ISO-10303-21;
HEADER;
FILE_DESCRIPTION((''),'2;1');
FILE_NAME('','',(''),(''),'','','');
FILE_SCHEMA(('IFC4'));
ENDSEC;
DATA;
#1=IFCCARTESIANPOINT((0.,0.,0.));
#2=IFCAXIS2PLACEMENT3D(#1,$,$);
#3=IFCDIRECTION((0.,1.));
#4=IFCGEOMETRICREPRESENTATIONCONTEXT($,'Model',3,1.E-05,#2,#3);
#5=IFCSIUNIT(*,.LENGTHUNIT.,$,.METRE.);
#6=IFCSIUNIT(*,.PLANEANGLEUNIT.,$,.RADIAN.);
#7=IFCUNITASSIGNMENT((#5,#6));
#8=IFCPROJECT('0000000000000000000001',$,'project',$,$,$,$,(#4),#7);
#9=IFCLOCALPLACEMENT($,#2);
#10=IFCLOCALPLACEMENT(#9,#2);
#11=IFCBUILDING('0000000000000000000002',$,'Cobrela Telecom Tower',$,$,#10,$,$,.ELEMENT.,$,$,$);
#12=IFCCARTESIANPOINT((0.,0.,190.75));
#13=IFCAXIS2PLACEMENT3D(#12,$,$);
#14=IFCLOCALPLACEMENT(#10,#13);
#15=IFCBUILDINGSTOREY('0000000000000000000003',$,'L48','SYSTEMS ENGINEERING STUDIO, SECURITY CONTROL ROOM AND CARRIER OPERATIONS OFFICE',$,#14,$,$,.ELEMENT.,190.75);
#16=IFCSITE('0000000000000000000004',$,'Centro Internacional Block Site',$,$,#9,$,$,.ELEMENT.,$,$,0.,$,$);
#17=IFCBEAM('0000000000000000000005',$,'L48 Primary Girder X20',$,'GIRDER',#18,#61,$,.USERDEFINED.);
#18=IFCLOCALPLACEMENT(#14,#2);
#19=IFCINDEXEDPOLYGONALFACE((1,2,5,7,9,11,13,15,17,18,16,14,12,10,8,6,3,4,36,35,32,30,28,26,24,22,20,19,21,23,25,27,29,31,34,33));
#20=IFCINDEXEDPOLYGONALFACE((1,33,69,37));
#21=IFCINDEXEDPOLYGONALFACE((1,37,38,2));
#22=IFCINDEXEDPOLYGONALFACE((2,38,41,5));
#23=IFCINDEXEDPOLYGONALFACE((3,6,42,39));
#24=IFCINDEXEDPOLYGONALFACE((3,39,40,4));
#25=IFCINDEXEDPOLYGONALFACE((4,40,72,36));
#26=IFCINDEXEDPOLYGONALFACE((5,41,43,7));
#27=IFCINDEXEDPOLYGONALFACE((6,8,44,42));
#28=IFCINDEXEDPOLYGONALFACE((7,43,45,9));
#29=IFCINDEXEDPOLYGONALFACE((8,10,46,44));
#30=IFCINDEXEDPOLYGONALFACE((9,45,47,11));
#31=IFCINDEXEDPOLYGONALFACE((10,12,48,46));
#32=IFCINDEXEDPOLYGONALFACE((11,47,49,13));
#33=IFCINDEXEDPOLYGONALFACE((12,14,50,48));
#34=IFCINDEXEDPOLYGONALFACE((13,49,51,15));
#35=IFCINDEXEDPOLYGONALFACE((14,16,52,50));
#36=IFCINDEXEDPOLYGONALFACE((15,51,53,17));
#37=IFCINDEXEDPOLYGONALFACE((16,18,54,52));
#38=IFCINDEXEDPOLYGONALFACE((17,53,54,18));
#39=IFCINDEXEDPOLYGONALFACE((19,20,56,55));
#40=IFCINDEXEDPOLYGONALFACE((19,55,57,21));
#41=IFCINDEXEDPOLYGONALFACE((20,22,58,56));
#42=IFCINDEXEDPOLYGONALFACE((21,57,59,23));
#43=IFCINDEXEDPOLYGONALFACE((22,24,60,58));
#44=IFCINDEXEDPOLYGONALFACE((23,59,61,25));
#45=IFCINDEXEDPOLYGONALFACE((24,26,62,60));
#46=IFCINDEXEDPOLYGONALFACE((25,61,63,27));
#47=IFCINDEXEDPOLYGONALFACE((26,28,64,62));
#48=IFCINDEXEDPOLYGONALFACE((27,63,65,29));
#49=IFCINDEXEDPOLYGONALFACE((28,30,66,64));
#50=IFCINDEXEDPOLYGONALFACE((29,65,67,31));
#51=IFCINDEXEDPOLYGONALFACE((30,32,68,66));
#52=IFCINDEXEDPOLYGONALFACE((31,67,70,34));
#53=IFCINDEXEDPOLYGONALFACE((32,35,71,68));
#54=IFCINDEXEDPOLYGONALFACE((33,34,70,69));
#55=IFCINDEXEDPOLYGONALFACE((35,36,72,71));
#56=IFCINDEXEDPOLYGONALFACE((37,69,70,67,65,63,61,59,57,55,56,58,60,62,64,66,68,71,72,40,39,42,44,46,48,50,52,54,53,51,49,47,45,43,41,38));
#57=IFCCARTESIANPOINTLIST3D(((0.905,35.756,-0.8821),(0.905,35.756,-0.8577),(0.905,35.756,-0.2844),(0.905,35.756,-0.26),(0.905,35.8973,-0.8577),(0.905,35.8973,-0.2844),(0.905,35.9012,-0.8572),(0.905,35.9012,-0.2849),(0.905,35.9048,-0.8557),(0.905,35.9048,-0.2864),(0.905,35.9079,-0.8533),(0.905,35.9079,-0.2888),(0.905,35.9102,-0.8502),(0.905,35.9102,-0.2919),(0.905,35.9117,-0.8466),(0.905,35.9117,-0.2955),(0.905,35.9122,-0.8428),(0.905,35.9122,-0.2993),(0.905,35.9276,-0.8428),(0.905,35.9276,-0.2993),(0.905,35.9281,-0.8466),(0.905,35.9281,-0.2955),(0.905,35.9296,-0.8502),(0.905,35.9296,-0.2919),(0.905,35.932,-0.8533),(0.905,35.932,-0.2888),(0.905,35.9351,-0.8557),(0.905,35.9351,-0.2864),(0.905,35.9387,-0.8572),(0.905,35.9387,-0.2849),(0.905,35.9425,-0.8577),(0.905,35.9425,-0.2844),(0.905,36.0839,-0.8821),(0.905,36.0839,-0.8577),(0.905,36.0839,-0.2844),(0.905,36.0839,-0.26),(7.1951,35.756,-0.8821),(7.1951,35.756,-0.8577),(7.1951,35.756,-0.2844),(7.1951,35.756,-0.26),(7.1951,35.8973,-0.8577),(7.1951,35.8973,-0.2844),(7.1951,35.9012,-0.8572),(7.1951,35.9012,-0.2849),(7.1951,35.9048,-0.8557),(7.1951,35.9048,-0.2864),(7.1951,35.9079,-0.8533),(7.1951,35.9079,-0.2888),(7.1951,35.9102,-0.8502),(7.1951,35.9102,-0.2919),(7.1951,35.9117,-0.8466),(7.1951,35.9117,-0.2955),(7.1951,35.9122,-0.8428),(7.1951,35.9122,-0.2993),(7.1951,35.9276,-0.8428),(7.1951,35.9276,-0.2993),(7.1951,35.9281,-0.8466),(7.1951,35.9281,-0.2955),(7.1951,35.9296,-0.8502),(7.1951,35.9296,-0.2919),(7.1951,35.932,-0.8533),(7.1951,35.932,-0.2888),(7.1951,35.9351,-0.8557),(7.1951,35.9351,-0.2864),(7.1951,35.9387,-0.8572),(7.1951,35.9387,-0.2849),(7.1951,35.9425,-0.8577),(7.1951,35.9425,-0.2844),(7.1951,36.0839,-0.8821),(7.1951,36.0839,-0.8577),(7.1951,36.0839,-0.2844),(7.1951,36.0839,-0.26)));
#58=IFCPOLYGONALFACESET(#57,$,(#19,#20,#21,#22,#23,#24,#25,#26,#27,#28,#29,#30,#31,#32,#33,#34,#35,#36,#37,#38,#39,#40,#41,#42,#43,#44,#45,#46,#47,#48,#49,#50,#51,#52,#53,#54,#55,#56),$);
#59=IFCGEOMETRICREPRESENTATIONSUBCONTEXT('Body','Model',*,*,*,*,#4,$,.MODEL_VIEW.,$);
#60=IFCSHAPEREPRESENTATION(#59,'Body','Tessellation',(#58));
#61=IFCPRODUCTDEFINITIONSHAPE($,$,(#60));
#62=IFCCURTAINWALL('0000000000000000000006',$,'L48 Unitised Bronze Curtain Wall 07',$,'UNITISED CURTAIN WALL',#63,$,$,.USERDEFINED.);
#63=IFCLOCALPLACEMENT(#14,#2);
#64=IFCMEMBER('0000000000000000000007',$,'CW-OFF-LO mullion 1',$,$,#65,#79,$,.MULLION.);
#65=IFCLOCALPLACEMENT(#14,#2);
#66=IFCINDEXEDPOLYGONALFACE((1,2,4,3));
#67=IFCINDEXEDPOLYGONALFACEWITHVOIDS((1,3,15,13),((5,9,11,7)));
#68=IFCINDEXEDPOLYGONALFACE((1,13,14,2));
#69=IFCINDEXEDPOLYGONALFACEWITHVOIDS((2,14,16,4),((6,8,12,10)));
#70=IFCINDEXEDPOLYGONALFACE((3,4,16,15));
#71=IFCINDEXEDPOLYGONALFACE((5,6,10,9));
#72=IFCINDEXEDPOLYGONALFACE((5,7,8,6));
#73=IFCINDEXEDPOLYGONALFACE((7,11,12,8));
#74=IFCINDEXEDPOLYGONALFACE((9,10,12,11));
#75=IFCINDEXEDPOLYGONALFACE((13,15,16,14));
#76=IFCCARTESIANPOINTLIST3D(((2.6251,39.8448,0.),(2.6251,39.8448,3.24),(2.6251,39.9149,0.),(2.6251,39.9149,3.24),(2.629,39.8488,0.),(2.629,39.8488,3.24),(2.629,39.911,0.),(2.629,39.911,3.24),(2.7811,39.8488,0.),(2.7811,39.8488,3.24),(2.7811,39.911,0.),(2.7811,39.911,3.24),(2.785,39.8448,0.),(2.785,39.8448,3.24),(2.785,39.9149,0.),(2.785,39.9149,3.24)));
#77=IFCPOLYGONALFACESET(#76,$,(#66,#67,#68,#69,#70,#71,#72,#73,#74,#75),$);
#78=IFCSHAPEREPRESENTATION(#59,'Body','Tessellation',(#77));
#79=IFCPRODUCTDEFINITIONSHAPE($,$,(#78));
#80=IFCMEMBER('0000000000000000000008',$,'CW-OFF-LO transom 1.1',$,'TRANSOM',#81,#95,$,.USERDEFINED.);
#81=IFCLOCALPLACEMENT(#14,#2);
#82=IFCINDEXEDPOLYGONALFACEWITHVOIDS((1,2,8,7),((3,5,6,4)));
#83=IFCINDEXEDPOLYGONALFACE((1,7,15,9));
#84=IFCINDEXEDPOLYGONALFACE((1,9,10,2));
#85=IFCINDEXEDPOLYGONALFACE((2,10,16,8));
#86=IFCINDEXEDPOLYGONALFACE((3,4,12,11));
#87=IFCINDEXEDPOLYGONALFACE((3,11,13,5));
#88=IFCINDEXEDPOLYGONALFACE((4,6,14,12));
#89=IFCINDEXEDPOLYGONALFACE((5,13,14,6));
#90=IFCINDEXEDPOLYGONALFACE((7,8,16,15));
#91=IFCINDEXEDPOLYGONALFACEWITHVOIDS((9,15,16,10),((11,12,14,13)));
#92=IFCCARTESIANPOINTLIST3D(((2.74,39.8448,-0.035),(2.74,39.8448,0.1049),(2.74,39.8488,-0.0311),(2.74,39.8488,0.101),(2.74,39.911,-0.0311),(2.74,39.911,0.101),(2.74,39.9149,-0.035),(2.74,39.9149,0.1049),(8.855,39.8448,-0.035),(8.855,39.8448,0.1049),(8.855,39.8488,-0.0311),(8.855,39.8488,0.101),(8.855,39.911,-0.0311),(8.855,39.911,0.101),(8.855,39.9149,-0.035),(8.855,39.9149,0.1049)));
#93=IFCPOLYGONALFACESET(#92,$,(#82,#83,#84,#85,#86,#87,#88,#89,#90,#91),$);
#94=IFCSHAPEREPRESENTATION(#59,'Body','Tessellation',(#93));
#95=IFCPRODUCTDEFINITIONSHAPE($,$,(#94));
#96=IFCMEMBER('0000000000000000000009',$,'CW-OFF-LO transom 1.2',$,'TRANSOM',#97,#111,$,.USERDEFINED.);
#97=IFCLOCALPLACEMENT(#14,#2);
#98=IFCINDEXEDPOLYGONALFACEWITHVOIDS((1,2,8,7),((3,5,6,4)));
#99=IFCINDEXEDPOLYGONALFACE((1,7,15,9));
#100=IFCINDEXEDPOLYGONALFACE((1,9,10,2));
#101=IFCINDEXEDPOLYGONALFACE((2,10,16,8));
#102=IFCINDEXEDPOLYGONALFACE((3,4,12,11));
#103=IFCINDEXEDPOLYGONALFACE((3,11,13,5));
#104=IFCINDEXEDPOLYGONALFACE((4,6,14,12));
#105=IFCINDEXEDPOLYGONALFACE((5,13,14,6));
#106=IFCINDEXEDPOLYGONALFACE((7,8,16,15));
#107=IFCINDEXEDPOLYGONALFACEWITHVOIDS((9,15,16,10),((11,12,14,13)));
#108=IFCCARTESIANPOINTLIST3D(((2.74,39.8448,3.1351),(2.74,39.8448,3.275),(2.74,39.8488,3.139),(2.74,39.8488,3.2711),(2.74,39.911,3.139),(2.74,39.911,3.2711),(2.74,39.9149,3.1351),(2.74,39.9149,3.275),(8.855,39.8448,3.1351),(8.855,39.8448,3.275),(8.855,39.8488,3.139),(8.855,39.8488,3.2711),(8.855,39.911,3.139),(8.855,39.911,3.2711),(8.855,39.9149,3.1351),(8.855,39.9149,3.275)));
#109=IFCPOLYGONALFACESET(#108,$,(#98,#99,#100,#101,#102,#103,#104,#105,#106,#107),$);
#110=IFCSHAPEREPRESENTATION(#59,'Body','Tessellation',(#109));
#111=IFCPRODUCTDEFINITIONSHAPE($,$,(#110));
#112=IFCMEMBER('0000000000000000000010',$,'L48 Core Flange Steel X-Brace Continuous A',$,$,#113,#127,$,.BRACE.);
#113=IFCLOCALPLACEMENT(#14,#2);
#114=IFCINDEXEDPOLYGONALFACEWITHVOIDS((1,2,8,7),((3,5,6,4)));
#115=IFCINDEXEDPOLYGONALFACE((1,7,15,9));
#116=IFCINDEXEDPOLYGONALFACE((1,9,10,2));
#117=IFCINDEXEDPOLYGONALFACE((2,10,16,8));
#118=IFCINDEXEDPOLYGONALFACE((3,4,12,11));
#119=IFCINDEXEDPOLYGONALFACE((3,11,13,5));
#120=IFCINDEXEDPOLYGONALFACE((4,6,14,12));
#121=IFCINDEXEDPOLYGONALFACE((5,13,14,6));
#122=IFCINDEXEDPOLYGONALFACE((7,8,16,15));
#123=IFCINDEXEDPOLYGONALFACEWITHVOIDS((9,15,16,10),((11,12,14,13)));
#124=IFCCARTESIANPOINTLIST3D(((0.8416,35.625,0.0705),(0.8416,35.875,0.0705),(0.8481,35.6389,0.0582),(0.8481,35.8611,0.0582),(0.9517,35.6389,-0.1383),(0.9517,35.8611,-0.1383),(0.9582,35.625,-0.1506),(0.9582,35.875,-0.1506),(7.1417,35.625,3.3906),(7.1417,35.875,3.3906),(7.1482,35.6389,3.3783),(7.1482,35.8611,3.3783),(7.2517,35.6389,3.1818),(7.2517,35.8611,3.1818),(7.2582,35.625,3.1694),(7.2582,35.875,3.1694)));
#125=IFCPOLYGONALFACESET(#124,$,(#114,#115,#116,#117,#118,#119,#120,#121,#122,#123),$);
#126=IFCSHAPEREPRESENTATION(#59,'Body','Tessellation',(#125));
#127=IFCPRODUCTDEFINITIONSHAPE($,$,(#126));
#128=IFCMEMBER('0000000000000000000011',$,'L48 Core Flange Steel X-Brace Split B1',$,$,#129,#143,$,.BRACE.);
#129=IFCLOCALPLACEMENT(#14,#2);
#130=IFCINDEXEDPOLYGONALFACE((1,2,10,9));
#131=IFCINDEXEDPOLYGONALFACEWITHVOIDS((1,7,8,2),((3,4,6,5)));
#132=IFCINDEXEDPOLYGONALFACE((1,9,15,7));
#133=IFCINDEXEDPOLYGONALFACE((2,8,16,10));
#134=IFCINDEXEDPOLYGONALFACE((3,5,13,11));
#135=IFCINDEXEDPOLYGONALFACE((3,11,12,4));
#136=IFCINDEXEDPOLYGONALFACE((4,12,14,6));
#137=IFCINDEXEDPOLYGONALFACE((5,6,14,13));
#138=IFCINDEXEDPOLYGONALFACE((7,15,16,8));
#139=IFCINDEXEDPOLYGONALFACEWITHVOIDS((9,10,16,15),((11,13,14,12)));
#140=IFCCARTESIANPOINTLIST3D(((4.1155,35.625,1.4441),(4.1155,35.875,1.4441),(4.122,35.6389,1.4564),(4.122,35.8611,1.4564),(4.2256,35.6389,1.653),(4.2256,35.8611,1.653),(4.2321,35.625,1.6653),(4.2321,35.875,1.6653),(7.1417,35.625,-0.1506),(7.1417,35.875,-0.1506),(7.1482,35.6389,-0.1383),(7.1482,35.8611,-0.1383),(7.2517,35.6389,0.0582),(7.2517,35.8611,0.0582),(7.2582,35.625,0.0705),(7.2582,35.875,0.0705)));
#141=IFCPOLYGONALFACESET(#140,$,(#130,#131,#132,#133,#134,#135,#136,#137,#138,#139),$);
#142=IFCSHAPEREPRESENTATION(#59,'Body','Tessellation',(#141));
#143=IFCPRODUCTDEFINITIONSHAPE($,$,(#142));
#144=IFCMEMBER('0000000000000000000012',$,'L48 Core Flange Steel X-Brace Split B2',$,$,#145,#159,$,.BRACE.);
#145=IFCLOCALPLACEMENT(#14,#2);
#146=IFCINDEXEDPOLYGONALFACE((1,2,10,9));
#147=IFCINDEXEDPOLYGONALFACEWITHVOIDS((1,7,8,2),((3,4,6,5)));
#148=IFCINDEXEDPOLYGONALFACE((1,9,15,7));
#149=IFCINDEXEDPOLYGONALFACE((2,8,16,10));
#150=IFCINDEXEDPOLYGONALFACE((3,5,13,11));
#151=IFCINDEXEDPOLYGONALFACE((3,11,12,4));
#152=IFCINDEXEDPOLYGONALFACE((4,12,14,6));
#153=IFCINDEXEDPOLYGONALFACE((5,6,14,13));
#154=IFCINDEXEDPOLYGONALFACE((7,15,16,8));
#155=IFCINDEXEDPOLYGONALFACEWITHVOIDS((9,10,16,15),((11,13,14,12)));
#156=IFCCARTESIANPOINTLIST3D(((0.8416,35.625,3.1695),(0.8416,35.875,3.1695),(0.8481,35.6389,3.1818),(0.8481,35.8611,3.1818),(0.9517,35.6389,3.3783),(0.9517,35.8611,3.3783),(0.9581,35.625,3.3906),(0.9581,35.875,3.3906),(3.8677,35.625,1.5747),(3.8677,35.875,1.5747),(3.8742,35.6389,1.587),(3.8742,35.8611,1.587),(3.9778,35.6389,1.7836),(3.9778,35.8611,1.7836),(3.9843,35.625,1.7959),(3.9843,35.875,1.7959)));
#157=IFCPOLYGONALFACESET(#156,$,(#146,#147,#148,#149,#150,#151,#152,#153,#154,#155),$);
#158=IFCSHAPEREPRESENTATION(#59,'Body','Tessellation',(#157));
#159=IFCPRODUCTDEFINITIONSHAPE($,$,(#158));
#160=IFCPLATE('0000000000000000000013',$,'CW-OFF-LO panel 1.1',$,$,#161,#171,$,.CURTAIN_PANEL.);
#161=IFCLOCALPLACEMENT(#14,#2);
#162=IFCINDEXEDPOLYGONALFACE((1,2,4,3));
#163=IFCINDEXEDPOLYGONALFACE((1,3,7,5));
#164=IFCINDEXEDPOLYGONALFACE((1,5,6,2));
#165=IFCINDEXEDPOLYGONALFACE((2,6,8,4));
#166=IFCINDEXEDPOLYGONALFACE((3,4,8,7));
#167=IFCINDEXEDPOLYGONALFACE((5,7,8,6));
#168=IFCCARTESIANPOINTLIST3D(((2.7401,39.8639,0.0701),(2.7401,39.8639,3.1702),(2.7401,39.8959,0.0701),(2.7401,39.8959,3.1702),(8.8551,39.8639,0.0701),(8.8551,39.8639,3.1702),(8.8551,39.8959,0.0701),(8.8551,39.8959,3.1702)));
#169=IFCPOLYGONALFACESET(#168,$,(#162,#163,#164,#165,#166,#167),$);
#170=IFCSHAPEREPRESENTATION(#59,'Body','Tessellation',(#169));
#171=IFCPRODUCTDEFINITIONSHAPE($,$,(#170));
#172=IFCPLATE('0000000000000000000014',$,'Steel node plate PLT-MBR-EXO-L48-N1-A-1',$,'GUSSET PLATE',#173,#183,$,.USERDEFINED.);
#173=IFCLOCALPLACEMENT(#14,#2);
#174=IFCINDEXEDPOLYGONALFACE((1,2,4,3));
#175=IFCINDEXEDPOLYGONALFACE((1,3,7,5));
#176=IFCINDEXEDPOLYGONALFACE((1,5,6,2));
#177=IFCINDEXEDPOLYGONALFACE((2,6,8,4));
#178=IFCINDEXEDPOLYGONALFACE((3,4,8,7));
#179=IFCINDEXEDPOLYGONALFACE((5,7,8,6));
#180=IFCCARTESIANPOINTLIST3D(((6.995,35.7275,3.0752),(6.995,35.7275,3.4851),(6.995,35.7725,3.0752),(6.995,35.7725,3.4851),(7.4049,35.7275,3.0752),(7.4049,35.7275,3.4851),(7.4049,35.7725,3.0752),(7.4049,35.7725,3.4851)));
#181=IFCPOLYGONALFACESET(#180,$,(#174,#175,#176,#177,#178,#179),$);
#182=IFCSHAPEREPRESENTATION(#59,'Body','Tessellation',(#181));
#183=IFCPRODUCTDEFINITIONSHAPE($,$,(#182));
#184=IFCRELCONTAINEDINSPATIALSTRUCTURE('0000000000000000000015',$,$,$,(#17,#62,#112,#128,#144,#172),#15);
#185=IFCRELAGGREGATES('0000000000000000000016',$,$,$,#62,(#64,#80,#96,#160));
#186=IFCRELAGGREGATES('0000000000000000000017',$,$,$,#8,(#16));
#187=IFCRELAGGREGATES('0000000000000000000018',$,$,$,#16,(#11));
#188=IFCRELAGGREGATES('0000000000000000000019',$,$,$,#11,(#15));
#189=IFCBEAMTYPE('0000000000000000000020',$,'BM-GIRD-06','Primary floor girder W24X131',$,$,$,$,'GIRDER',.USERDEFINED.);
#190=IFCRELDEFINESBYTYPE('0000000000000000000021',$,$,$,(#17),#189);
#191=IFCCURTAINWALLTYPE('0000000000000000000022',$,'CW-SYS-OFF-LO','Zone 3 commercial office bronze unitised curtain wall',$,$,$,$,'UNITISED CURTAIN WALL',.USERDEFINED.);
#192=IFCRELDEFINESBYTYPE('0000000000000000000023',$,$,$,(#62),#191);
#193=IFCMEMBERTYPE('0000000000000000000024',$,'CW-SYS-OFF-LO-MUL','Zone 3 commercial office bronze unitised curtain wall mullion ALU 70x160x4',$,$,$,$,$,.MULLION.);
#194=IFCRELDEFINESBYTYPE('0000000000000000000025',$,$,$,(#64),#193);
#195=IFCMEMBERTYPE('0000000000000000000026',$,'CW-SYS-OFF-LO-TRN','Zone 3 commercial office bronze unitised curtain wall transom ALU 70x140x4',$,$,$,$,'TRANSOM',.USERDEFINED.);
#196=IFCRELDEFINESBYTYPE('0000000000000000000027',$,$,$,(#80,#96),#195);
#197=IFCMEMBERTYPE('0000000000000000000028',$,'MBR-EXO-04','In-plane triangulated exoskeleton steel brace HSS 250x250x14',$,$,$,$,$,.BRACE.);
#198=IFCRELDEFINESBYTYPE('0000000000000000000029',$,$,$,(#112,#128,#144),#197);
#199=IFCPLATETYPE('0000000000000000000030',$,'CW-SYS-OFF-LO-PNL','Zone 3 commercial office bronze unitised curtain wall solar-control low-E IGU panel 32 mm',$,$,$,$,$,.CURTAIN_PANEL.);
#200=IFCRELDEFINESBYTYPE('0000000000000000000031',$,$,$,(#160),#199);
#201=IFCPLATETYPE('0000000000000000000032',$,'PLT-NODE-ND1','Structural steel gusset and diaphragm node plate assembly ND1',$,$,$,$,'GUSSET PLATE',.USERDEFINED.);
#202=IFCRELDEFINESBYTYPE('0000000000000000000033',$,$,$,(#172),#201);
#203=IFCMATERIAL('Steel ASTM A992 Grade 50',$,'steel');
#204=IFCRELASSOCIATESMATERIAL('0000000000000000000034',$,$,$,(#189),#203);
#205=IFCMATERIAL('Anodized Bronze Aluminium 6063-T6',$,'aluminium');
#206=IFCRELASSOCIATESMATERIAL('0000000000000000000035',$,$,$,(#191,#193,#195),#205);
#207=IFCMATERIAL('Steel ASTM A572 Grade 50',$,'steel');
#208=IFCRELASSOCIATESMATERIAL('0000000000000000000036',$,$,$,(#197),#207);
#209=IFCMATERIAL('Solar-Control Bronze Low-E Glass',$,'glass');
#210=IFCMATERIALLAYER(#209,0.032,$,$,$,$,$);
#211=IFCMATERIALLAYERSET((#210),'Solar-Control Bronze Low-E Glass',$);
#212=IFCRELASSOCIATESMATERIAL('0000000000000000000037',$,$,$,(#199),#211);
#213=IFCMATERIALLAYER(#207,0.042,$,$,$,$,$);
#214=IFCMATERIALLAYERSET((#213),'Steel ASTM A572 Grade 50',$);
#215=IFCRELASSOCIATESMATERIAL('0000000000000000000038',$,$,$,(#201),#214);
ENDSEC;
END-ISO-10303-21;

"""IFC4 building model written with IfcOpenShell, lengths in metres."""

from ifc_helpers import new_model, si_unit, direction, frame, origin, origin_2d, place, context, subcontext, project, spatial, rectangle, hollow_rectangle, i_section, extrude, material, layer, layer_set, material_profile, profile_set, type_object, element, aggregate, save


model = new_model("IFC4")

# Units and contexts
model_context = context("Model", 3, precision=1e-05, world=origin(), true_north=direction((0.0, 1.0)))
body_context = subcontext(model_context, "Body", "Model", "MODEL_VIEW")
ifc_project = project(units=[si_unit("LENGTHUNIT", "METRE"), si_unit("PLANEANGLEUNIT", "RADIAN")], contexts=[model_context])

# Site, building, storey
site_placement = place(None, origin())
site = spatial("IfcSite", under=ifc_project, at=site_placement, Name="Centro Internacional Block Site", CompositionType="ELEMENT", RefElevation=0.0)
building_placement = place(site_placement, origin())
building = spatial("IfcBuilding", under=site, at=building_placement, Name="Cobrela Telecom Tower", CompositionType="ELEMENT")
storey_placement = place(building_placement, frame((0.0, 0.0, 190.75)))
storey = spatial("IfcBuildingStorey", under=building, at=storey_placement, Name="L48", Description="SYSTEMS ENGINEERING STUDIO, SECURITY CONTROL ROOM AND CARRIER OPERATIONS OFFICE", CompositionType="ELEMENT", Elevation=190.75)

# Beam
ifc_material_1 = material(Name="Steel ASTM A992 Grade 50", Category="steel")
ifc_material_profile_1 = material_profile(ifc_material_1, i_section(OverallWidth=0.3279, OverallDepth=0.6221, WebThickness=0.0154, FlangeThickness=0.0244, FilletRadius=0.0149, at=origin_2d()), Name="W24X131")
ifc_profile_set_1 = profile_set([ifc_material_profile_1], Name="Steel ASTM A992 Grade 50")
beam_type = type_object("IfcBeamType", Name="BM-GIRD-06", Description="Primary floor girder W24X131", ElementType="GIRDER", PredefinedType="USERDEFINED", material=ifc_profile_set_1)
beam_placement = place(storey_placement, frame((0.905, 35.9199, -0.571), z_axis=(1.0, 0.0, 0.0), x_axis=(0.0, 1.0, 0.0)))
element("IfcBeam", 1, at=beam_placement, inside=storey, type_object=beam_type, Name="L48 Primary Girder X20", ObjectType="GIRDER", PredefinedType="USERDEFINED", context=body_context, shape_type="SweptSolid", body=[
    extrude(i_section(OverallWidth=0.3279, OverallDepth=0.6221, WebThickness=0.0154, FlangeThickness=0.0244, FilletRadius=0.0149, at=origin_2d()), origin(), (0.0, 0.0, 1.0), 6.29),
])

# Curtain wall, members
ifc_material_2 = material(Name="Anodized Bronze Aluminium 6063-T6", Category="aluminium")
curtain_wall_type = type_object("IfcCurtainWallType", Name="CW-SYS-OFF-LO", Description="Zone 3 commercial office bronze unitised curtain wall", ElementType="UNITISED CURTAIN WALL", PredefinedType="USERDEFINED", material=ifc_material_2)
curtain_wall_placement = place(storey_placement, origin())
curtain_wall = element("IfcCurtainWall", 2, at=curtain_wall_placement, inside=storey, type_object=curtain_wall_type, Name="L48 Unitised Bronze Curtain Wall 07", ObjectType="UNITISED CURTAIN WALL", PredefinedType="USERDEFINED")
ifc_material_profile_2 = material_profile(ifc_material_2, hollow_rectangle(XDim=0.0701, YDim=0.1599, WallThickness=0.0039, at=origin_2d()), Name="ALU 70x160x4")
ifc_profile_set_2 = profile_set([ifc_material_profile_2], Name="Anodized Bronze Aluminium 6063-T6")
member_type_1 = type_object("IfcMemberType", Name="CW-SYS-OFF-LO-MUL", Description="Zone 3 commercial office bronze unitised curtain wall mullion ALU 70x160x4", PredefinedType="MULLION", material=ifc_profile_set_2)
member_1_placement = place(storey_placement, frame((2.7051, 39.8799, 0.0), z_axis=(0.0, 0.0, 1.0), x_axis=(0.0, 1.0, 0.0)))
member_1 = element("IfcMember", 3, at=member_1_placement, type_object=member_type_1, Name="CW-OFF-LO mullion 1", PredefinedType="MULLION", context=body_context, shape_type="SweptSolid", body=[
    extrude(hollow_rectangle(XDim=0.0701, YDim=0.1599, WallThickness=0.0039, at=origin_2d()), origin(), (0.0, 0.0, 1.0), 3.24),
])
ifc_material_profile_3 = material_profile(ifc_material_2, hollow_rectangle(XDim=0.0701, YDim=0.1399, WallThickness=0.0039, at=origin_2d()), Name="ALU 70x140x4")
ifc_profile_set_3 = profile_set([ifc_material_profile_3], Name="Anodized Bronze Aluminium 6063-T6")
member_type_2 = type_object("IfcMemberType", Name="CW-SYS-OFF-LO-TRN", Description="Zone 3 commercial office bronze unitised curtain wall transom ALU 70x140x4", ElementType="TRANSOM", PredefinedType="USERDEFINED", material=ifc_profile_set_3)
member_2_placement = place(storey_placement, frame((2.74, 39.8799, 0.0349), z_axis=(1.0, 0.0, 0.0), x_axis=(0.0, 1.0, 0.0)))
member_2 = element("IfcMember", 4, at=member_2_placement, type_object=member_type_2, Name="CW-OFF-LO transom 1.1", ObjectType="TRANSOM", PredefinedType="USERDEFINED", context=body_context, shape_type="SweptSolid", body=[
    extrude(hollow_rectangle(XDim=0.0701, YDim=0.1399, WallThickness=0.0039, at=origin_2d()), origin(), (0.0, 0.0, 1.0), 6.115),
])
member_3_placement = place(storey_placement, frame((2.74, 39.8799, 3.2051), z_axis=(1.0, 0.0, 0.0), x_axis=(0.0, 1.0, 0.0)))
member_3 = element("IfcMember", 5, at=member_3_placement, type_object=member_type_2, Name="CW-OFF-LO transom 1.2", ObjectType="TRANSOM", PredefinedType="USERDEFINED", context=body_context, shape_type="SweptSolid", body=[
    extrude(hollow_rectangle(XDim=0.0701, YDim=0.1399, WallThickness=0.0039, at=origin_2d()), origin(), (0.0, 0.0, 1.0), 6.115),
])

# Members
ifc_material_3 = material(Name="Steel ASTM A572 Grade 50", Category="steel")
ifc_material_profile_4 = material_profile(ifc_material_3, hollow_rectangle(XDim=0.25, YDim=0.25, WallThickness=0.0139, at=origin_2d()), Name="HSS 250x250x14")
ifc_profile_set_4 = profile_set([ifc_material_profile_4], Name="Steel ASTM A572 Grade 50")
member_type_3 = type_object("IfcMemberType", Name="MBR-EXO-04", Description="In-plane triangulated exoskeleton steel brace HSS 250x250x14", PredefinedType="BRACE", material=ifc_profile_set_4)
member_4_placement = place(storey_placement, frame((0.8999, 35.75, -0.04), z_axis=(0.884672, 0.0, 0.466214), x_axis=(0.0, 1.0, 0.0)))
element("IfcMember", 6, at=member_4_placement, inside=storey, type_object=member_type_3, Name="L48 Core Flange Steel X-Brace Continuous A", PredefinedType="BRACE", context=body_context, shape_type="SweptSolid", body=[
    extrude(hollow_rectangle(XDim=0.25, YDim=0.25, WallThickness=0.0139, at=origin_2d()), origin(), (0.0, 0.0, 1.0), 7.1213),
])
for number, where, z_axis, x_axis, name in (
    (7, (7.2, 35.75, -0.04), (-0.884673, 0.0, 0.466211), (0.0, -1.0, 0.0), "L48 Core Flange Steel X-Brace Split B1"),
    (8, (3.926, 35.75, 1.6853), (-0.884673, 0.0, 0.466211), (0.0, -1.0, 0.0), "L48 Core Flange Steel X-Brace Split B2"),
):
    element("IfcMember", number, at=place(storey_placement, frame(where, z_axis=z_axis, x_axis=x_axis)), inside=storey, type_object=member_type_3, Name=name, PredefinedType="BRACE", context=body_context, shape_type="SweptSolid", body=[
        extrude(hollow_rectangle(XDim=0.25, YDim=0.25, WallThickness=0.0139, at=origin_2d()), origin(), (0.0, 0.0, 1.0), 3.4207),
    ])

# Plate
ifc_material_4 = material(Name="Solar-Control Bronze Low-E Glass", Category="glass")
ifc_layer_1 = layer(ifc_material_4, 0.032)
ifc_layer_set_1 = layer_set([ifc_layer_1], Name="Solar-Control Bronze Low-E Glass")
plate_type_1 = type_object("IfcPlateType", Name="CW-SYS-OFF-LO-PNL", Description="Zone 3 commercial office bronze unitised curtain wall solar-control low-E IGU panel 32 mm", PredefinedType="CURTAIN_PANEL", material=ifc_layer_set_1)
plate_1_placement = place(storey_placement, frame((5.7976, 39.8799, 0.0701), z_axis=(0.0, 0.0, 1.0), x_axis=(1.0, 0.0, 0.0)))
plate_1 = element("IfcPlate", 9, at=plate_1_placement, type_object=plate_type_1, Name="CW-OFF-LO panel 1.1", PredefinedType="CURTAIN_PANEL", context=body_context, shape_type="SweptSolid", body=[
    extrude(rectangle(XDim=6.115, YDim=0.032, at=origin_2d()), origin(), (0.0, 0.0, 1.0), 3.1001),
])
aggregate(curtain_wall, [member_1, member_2, member_3, plate_1])

# Plate
ifc_layer_2 = layer(ifc_material_3, 0.042)
ifc_layer_set_2 = layer_set([ifc_layer_2], Name="Steel ASTM A572 Grade 50")
plate_type_2 = type_object("IfcPlateType", Name="PLT-NODE-ND1", Description="Structural steel gusset and diaphragm node plate assembly ND1", ElementType="GUSSET PLATE", PredefinedType="USERDEFINED", material=ifc_layer_set_2)
for number, where, z_axis, x_axis, name in (
    (10, (7.2, 35.75, 3.0752), (0.0, 0.0, 1.0), (1.0, 0.0, 0.0), "Steel node plate PLT-MBR-EXO-L48-N1-A-1"),
):
    element("IfcPlate", number, at=place(storey_placement, frame(where, z_axis=z_axis, x_axis=x_axis)), inside=storey, type_object=plate_type_2, Name=name, ObjectType="GUSSET PLATE", PredefinedType="USERDEFINED", context=body_context, shape_type="SweptSolid", body=[
        extrude(rectangle(XDim=0.4099, YDim=0.0449, at=origin_2d()), origin(), (0.0, 0.0, 1.0), 0.4099),
    ])

save(model, "model.ifc")
